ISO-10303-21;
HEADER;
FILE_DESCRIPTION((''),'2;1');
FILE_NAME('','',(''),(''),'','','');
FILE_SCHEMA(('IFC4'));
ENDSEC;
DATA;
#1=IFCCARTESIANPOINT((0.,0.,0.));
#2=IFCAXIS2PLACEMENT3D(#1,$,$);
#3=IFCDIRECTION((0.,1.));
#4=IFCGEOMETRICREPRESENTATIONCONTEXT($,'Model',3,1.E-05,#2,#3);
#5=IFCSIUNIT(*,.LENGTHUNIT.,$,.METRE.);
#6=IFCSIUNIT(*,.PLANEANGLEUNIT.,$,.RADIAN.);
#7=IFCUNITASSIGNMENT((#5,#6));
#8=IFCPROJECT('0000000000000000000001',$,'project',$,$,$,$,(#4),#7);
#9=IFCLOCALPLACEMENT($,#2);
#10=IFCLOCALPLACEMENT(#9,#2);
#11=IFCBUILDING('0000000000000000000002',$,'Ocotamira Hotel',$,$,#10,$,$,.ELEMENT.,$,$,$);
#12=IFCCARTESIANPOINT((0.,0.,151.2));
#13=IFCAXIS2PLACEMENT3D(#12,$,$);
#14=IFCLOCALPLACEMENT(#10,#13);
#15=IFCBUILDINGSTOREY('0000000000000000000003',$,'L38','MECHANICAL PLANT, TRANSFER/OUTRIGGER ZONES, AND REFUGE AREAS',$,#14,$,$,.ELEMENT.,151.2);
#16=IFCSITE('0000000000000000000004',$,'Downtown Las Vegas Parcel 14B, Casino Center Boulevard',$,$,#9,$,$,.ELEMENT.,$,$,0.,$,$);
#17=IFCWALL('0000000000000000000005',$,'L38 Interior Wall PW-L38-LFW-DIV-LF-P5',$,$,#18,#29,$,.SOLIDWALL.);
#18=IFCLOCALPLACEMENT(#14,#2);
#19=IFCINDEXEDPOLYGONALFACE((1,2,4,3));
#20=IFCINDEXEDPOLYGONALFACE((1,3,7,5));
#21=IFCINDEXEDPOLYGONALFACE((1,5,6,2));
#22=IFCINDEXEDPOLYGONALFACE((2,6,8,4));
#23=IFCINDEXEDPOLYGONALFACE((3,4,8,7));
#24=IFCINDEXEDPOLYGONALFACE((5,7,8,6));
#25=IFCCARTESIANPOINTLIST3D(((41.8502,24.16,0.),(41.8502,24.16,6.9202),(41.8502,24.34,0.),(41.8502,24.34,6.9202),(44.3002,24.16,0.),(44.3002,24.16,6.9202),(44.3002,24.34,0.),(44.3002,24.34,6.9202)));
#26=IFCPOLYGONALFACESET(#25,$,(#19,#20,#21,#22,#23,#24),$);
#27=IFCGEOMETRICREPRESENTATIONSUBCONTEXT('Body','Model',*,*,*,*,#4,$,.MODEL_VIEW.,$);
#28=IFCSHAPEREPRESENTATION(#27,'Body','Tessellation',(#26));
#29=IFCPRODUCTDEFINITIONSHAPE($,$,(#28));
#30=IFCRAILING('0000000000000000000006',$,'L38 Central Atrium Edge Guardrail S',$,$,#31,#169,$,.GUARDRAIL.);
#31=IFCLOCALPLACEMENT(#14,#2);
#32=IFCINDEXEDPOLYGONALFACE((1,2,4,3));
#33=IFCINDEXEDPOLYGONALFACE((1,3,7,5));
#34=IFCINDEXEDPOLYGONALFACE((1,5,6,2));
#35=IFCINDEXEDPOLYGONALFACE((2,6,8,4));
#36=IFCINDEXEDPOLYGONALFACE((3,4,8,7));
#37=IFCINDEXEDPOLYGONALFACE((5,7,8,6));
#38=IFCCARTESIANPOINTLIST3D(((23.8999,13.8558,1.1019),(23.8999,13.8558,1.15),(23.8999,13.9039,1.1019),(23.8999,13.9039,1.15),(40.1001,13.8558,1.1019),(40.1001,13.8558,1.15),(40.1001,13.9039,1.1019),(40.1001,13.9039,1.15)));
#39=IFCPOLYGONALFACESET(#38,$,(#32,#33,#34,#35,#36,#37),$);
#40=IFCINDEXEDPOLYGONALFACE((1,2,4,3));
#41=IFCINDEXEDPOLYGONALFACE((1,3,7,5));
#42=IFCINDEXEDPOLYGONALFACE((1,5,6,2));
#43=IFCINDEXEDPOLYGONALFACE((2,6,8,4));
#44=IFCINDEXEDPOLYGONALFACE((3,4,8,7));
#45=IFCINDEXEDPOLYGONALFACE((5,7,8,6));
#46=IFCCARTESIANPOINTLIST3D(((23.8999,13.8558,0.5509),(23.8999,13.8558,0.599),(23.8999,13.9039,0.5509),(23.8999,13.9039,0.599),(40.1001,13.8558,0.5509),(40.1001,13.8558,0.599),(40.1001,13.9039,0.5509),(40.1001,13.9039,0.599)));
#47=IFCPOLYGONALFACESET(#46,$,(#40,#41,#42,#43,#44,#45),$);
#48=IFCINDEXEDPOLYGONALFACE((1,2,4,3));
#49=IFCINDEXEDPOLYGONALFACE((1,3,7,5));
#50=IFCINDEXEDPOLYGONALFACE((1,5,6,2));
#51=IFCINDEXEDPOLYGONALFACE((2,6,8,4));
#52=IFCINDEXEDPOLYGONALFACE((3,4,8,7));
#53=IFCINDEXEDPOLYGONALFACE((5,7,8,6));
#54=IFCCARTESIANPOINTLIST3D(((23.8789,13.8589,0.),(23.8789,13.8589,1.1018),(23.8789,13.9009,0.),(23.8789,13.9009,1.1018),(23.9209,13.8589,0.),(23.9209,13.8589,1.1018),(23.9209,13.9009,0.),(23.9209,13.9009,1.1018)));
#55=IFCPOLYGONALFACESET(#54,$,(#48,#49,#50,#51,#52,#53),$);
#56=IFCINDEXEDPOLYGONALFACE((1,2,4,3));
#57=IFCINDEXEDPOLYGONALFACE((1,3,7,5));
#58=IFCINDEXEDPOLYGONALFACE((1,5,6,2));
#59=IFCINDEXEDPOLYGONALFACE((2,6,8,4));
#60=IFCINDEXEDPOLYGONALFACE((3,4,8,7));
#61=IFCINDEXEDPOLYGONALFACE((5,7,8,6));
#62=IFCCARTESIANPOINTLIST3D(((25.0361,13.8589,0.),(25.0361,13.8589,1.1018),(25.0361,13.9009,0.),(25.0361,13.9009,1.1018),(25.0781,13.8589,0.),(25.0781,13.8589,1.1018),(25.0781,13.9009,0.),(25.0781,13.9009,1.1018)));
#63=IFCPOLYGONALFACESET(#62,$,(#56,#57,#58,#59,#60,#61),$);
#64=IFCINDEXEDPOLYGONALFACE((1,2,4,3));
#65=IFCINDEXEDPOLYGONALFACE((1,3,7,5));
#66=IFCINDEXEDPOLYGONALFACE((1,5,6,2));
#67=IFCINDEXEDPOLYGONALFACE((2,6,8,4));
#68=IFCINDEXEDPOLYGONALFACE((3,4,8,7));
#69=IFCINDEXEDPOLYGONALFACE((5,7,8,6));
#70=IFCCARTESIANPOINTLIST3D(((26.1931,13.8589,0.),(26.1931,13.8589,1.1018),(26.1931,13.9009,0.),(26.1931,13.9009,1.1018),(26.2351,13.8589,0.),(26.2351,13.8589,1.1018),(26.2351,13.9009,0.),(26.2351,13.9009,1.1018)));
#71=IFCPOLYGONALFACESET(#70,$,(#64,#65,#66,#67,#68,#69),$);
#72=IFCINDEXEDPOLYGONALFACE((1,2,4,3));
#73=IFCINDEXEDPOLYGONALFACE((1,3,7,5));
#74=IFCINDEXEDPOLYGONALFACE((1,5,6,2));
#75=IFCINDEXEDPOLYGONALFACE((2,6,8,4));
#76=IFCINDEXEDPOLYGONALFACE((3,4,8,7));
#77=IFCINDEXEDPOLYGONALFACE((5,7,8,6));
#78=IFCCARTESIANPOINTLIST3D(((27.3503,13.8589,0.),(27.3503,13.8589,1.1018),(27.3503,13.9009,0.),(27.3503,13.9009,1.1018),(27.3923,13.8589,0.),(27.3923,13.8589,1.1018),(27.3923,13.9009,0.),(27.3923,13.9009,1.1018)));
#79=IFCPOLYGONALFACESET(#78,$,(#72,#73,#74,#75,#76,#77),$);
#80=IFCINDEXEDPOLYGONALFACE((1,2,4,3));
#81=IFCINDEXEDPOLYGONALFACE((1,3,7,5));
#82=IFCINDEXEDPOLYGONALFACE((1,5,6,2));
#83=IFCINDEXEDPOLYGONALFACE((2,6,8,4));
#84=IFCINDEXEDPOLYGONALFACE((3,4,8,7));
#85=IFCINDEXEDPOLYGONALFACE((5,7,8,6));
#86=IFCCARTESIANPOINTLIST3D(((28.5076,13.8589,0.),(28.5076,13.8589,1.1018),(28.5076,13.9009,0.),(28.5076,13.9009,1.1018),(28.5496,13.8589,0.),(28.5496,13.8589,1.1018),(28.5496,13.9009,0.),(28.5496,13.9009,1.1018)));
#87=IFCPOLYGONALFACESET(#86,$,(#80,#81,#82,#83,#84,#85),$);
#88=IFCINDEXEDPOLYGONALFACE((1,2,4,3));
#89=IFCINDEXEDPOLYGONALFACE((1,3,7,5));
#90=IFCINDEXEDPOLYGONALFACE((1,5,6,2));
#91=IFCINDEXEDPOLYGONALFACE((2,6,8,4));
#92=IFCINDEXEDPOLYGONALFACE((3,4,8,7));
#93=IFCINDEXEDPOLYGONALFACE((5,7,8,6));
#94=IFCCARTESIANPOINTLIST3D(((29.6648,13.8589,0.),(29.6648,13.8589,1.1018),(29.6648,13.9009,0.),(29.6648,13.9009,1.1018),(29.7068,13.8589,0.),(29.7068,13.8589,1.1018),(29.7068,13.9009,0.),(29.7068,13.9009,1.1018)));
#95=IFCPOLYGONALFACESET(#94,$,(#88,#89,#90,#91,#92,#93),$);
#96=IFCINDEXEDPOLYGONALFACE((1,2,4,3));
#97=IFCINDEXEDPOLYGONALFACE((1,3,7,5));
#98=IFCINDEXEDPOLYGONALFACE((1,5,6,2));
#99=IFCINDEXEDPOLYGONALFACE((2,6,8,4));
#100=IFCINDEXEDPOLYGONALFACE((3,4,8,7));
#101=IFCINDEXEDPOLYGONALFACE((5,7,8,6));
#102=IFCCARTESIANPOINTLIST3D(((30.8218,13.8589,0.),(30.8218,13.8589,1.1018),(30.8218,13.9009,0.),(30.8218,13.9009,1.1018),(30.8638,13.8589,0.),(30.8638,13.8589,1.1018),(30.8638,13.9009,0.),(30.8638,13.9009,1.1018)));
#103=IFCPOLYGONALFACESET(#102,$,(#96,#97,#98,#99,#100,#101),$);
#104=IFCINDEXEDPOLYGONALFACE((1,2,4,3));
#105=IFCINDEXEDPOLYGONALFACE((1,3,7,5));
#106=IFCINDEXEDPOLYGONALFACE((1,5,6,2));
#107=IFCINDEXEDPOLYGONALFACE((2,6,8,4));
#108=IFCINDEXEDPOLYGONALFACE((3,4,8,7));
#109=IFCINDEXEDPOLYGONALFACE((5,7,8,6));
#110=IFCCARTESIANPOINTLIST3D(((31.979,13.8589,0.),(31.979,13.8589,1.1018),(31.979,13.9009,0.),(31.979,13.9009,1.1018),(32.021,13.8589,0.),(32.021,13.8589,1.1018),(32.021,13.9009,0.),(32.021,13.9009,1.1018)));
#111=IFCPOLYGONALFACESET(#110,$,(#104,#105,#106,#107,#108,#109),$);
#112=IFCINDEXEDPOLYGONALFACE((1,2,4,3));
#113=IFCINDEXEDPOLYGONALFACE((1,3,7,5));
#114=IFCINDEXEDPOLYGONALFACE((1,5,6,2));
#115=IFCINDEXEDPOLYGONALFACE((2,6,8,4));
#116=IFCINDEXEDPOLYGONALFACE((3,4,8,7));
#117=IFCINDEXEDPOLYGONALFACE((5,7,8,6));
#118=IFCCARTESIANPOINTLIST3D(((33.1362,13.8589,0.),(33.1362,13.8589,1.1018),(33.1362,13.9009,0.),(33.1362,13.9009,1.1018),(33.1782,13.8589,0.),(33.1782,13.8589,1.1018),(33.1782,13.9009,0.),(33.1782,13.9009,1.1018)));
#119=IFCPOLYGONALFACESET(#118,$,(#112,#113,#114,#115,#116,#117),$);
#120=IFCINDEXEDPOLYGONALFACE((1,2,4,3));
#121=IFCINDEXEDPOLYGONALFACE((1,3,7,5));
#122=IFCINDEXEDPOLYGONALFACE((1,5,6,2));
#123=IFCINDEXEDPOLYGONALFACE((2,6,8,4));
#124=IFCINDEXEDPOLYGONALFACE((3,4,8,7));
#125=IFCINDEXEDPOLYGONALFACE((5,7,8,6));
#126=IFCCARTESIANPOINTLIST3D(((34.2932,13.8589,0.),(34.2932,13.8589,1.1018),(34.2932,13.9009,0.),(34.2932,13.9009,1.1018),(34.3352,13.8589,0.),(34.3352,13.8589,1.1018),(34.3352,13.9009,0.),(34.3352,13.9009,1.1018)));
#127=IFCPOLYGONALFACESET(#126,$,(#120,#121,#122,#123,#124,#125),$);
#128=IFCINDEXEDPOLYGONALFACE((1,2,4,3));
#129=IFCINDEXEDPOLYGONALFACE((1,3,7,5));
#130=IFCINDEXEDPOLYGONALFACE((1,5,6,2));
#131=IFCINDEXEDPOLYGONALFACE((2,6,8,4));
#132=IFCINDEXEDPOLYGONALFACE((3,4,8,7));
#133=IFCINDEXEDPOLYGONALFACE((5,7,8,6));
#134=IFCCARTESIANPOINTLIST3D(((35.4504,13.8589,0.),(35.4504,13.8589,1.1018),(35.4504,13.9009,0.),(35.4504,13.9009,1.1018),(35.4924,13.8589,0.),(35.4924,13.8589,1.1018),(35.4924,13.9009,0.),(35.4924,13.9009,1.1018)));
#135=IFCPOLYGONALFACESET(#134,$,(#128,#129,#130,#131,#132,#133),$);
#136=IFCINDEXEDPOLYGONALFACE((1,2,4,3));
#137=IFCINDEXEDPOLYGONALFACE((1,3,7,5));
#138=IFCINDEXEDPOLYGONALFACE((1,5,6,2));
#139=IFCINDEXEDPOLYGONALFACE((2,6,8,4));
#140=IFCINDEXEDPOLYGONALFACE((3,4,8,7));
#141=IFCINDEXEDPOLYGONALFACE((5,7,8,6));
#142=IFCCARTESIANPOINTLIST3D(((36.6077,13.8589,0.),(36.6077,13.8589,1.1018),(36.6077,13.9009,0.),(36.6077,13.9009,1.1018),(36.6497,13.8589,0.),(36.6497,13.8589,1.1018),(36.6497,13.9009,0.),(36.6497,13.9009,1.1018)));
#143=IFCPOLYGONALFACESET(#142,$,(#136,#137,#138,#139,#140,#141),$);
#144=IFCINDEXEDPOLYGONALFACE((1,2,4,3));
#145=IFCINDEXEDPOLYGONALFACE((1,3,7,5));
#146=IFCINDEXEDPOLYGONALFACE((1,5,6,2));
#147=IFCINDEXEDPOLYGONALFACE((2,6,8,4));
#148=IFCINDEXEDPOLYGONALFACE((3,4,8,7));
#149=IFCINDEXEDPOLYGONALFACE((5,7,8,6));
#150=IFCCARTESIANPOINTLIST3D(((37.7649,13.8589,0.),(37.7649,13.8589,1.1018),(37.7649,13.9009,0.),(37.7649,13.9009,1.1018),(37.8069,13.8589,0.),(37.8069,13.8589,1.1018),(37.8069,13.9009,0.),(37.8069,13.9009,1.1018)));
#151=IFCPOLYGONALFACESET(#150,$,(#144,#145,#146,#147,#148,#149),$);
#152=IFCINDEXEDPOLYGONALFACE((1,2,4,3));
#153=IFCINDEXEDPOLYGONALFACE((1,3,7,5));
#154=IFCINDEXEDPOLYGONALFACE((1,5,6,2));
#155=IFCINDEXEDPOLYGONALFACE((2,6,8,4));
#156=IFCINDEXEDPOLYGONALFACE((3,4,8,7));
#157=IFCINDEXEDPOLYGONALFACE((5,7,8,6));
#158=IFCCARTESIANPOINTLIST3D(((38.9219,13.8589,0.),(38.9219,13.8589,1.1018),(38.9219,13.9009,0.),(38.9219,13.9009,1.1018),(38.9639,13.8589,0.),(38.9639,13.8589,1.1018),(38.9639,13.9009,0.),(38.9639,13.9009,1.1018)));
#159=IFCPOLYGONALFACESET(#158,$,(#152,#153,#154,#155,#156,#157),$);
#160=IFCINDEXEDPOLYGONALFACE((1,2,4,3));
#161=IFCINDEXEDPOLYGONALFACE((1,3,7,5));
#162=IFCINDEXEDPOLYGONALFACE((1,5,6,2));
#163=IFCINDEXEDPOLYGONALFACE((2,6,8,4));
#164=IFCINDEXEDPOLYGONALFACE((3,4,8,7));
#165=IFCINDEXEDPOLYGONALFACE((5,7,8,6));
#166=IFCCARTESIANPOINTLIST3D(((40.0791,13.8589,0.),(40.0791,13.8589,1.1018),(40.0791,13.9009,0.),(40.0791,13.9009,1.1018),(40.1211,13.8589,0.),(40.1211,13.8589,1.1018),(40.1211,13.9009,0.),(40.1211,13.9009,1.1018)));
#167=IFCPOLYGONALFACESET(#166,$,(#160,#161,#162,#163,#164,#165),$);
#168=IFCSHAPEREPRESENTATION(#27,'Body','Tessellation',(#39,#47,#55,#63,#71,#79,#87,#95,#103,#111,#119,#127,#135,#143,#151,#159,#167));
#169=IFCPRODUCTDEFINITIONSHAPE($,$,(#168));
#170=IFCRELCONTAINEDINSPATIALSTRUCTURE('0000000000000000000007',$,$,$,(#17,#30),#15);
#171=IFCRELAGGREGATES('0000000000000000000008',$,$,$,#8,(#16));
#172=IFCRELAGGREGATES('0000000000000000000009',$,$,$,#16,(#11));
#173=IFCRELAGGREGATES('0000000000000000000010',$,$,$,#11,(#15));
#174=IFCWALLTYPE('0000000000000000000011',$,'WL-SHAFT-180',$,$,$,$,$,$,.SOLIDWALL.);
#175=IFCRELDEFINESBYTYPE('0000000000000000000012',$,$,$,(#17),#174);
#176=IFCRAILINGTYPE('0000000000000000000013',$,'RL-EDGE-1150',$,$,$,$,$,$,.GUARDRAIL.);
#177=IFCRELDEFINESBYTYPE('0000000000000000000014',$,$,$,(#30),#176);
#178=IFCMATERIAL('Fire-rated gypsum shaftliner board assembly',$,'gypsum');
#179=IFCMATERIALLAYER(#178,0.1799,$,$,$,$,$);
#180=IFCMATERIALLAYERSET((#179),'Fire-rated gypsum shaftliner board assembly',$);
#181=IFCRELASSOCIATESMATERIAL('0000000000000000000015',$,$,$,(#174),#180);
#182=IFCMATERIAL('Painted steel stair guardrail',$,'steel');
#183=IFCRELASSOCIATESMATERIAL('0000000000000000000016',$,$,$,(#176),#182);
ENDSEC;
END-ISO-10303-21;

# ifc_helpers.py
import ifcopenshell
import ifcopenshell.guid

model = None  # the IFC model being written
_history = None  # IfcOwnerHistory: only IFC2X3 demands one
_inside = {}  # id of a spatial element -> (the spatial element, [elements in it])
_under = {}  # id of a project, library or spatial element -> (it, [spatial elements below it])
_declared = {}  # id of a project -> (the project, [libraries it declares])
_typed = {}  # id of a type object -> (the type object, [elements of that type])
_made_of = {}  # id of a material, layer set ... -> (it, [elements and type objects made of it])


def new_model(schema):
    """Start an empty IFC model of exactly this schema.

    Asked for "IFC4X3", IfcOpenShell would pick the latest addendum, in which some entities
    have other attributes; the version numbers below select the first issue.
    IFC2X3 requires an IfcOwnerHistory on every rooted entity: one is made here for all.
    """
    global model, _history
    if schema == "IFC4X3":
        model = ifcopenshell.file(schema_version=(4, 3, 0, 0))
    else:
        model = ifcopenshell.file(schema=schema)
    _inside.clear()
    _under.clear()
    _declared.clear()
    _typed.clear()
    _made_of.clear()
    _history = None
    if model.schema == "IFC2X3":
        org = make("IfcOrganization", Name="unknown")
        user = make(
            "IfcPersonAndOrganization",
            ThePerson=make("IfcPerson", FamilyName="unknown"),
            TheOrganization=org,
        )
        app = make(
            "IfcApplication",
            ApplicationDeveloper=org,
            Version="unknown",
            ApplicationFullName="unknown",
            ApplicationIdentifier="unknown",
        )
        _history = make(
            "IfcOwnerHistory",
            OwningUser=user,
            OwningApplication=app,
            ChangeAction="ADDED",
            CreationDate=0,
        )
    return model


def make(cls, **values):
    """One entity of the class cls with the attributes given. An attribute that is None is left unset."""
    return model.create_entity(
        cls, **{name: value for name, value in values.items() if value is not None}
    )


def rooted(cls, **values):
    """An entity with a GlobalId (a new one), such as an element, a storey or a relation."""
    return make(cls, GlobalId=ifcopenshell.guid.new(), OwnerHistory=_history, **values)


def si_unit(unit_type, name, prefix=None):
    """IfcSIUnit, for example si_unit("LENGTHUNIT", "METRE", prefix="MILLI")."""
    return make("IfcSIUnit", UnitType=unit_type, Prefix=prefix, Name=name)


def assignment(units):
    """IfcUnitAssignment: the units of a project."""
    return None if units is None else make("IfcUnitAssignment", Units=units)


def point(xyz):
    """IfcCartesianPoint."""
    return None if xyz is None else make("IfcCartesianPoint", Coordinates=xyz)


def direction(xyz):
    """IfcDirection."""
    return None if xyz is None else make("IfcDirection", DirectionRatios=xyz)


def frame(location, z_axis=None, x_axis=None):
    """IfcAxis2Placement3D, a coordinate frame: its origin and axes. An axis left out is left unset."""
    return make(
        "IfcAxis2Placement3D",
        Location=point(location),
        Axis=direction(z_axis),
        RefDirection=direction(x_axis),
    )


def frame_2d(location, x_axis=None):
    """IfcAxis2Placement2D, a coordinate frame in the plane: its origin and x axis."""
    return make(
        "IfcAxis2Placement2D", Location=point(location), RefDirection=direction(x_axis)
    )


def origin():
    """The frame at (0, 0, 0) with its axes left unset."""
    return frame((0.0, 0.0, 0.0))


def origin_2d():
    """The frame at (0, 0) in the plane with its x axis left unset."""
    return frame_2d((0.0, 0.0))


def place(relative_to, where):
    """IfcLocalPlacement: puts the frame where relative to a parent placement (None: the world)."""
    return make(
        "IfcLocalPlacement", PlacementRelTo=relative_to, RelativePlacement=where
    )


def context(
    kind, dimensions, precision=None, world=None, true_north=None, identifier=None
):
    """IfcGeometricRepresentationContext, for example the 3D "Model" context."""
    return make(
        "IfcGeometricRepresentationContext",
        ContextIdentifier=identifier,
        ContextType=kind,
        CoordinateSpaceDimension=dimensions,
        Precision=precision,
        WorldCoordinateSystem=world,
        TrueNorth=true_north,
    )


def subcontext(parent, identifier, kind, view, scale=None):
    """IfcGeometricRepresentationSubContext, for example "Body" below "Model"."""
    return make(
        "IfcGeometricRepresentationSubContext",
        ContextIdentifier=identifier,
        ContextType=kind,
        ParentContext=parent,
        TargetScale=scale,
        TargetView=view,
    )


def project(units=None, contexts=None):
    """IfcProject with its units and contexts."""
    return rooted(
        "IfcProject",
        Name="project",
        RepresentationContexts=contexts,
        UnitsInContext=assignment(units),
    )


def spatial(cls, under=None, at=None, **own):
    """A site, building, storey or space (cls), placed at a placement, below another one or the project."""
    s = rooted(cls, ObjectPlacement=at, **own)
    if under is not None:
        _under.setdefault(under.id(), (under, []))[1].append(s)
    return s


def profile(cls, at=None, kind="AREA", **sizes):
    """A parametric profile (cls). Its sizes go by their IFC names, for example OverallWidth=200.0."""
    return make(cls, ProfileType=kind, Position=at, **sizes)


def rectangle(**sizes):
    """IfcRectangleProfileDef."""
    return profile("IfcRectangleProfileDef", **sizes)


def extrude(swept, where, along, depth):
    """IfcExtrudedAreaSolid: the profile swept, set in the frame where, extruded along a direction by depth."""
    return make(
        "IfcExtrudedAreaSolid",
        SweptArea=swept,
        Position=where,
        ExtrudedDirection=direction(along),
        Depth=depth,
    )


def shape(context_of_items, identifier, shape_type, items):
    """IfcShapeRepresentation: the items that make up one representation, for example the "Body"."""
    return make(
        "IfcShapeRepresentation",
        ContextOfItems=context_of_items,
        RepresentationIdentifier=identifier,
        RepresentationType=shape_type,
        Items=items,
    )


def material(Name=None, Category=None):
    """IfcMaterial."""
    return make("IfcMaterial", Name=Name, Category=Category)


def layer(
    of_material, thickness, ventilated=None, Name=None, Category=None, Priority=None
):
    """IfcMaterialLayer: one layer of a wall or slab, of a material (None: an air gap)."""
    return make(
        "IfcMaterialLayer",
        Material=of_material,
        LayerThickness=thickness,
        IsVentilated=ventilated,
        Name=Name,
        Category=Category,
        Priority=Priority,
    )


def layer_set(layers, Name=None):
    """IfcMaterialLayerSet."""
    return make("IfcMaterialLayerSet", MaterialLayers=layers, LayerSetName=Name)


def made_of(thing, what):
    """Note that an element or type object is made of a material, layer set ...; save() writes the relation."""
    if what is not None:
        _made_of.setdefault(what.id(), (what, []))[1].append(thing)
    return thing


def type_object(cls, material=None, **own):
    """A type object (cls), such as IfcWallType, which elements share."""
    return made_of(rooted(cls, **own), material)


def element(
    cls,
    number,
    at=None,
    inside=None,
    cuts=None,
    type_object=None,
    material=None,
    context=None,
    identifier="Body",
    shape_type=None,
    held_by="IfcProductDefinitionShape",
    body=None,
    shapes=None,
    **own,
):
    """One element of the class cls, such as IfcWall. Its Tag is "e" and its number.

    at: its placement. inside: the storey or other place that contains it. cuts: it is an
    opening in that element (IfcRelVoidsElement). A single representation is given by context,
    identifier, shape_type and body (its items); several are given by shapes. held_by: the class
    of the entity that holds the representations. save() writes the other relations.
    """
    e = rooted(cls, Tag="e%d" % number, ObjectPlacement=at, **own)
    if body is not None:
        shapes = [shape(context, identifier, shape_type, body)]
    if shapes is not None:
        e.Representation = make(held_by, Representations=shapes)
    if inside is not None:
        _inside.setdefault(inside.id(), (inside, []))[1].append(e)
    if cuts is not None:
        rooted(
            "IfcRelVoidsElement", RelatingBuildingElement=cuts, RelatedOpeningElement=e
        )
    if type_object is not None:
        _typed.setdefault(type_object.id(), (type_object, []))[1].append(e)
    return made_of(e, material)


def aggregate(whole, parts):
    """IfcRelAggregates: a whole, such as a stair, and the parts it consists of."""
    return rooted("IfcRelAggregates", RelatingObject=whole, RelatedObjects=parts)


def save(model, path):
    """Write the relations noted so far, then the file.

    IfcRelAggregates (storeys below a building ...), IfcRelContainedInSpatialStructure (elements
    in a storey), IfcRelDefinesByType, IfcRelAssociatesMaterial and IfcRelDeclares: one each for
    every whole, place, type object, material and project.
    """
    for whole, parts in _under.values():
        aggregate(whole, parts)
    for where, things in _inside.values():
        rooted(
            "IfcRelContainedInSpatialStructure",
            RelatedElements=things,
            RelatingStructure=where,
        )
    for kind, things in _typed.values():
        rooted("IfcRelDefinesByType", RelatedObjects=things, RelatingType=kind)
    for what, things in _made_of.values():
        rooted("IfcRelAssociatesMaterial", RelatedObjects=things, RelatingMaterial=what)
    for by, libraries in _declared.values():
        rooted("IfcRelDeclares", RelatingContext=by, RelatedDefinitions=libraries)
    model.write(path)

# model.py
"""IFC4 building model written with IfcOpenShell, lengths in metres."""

from ifc_helpers import new_model, si_unit, direction, frame, frame_2d, origin, origin_2d, place, context, subcontext, project, spatial, rectangle, extrude, material, layer, layer_set, type_object, element, save


model = new_model("IFC4")

# Units and contexts
model_context = context("Model", 3, precision=1e-05, world=origin(), true_north=direction((0.0, 1.0)))
body_context = subcontext(model_context, "Body", "Model", "MODEL_VIEW")
ifc_project = project(units=[si_unit("LENGTHUNIT", "METRE"), si_unit("PLANEANGLEUNIT", "RADIAN")], contexts=[model_context])

# Site, building, storey
site_placement = place(None, origin())
site = spatial("IfcSite", under=ifc_project, at=site_placement, Name="Downtown Las Vegas Parcel 14B, Casino Center Boulevard", CompositionType="ELEMENT", RefElevation=0.0)
building_placement = place(site_placement, origin())
building = spatial("IfcBuilding", under=site, at=building_placement, Name="Ocotamira Hotel", CompositionType="ELEMENT")
storey_placement = place(building_placement, frame((0.0, 0.0, 151.2)))
storey = spatial("IfcBuildingStorey", under=building, at=storey_placement, Name="L38", Description="MECHANICAL PLANT, TRANSFER/OUTRIGGER ZONES, AND REFUGE AREAS", CompositionType="ELEMENT", Elevation=151.2)

# Wall
ifc_material_1 = material(Name="Fire-rated gypsum shaftliner board assembly", Category="gypsum")
ifc_layer_1 = layer(ifc_material_1, 0.1799)
ifc_layer_set_1 = layer_set([ifc_layer_1], Name="Fire-rated gypsum shaftliner board assembly")
wall_type_1 = type_object("IfcWallType", Name="WL-SHAFT-180", PredefinedType="SOLIDWALL", material=ifc_layer_set_1)
for number, where, z_axis, x_axis, name in (
    (1, (41.8501, 24.25, 0.0), (0.0, 0.0, 1.0), (1.0, 0.0, 0.0), "L38 Interior Wall PW-L38-LFW-DIV-LF-P5"),
):
    element("IfcWall", number, at=place(storey_placement, frame(where, z_axis=z_axis, x_axis=x_axis)), inside=storey, type_object=wall_type_1, Name=name, PredefinedType="SOLIDWALL", context=body_context, shape_type="SweptSolid", body=[
        extrude(rectangle(XDim=2.45, YDim=0.1799, at=frame_2d((1.2251, 0.0))), origin(), (0.0, 0.0, 1.0), 6.9202),
    ])

# Railing
ifc_material_2 = material(Name="Painted steel stair guardrail", Category="steel")
railing_type = type_object("IfcRailingType", Name="RL-EDGE-1150", PredefinedType="GUARDRAIL", material=ifc_material_2)
railing_1_placement = place(storey_placement, frame((23.8999, 13.8799, 0.0)))
element("IfcRailing", 2, at=railing_1_placement, inside=storey, type_object=railing_type, Name="L38 Central Atrium Edge Guardrail S", PredefinedType="GUARDRAIL", context=body_context, shape_type="SweptSolid", body=[
    extrude(rectangle(XDim=0.0481, YDim=0.0481, at=origin_2d()), frame((0.0, 0.0, 1.126), z_axis=(1.0, 0.0, 0.0), x_axis=(0.0, 1.0, 0.0)), (0.0, 0.0, 1.0), 16.2002),
    extrude(rectangle(XDim=0.0481, YDim=0.0481, at=origin_2d()), frame((0.0, 0.0, 0.575), z_axis=(1.0, 0.0, 0.0), x_axis=(0.0, 1.0, 0.0)), (0.0, 0.0, 1.0), 16.2002),
    extrude(rectangle(XDim=0.042, YDim=0.042, at=origin_2d()), origin(), (0.0, 0.0, 1.0), 1.1018),
    extrude(rectangle(XDim=0.042, YDim=0.042, at=origin_2d()), frame((1.1572, 0.0, 0.0)), (0.0, 0.0, 1.0), 1.1018),
    extrude(rectangle(XDim=0.042, YDim=0.042, at=origin_2d()), frame((2.3142, 0.0, 0.0)), (0.0, 0.0, 1.0), 1.1018),
    extrude(rectangle(XDim=0.042, YDim=0.042, at=origin_2d()), frame((3.4714, 0.0, 0.0)), (0.0, 0.0, 1.0), 1.1018),
    extrude(rectangle(XDim=0.042, YDim=0.042, at=origin_2d()), frame((4.6287, 0.0, 0.0)), (0.0, 0.0, 1.0), 1.1018),
    extrude(rectangle(XDim=0.042, YDim=0.042, at=origin_2d()), frame((5.7859, 0.0, 0.0)), (0.0, 0.0, 1.0), 1.1018),
    extrude(rectangle(XDim=0.042, YDim=0.042, at=origin_2d()), frame((6.9429, 0.0, 0.0)), (0.0, 0.0, 1.0), 1.1018),
    extrude(rectangle(XDim=0.042, YDim=0.042, at=origin_2d()), frame((8.1001, 0.0, 0.0)), (0.0, 0.0, 1.0), 1.1018),
    extrude(rectangle(XDim=0.042, YDim=0.042, at=origin_2d()), frame((9.2573, 0.0, 0.0)), (0.0, 0.0, 1.0), 1.1018),
    extrude(rectangle(XDim=0.042, YDim=0.042, at=origin_2d()), frame((10.4143, 0.0, 0.0)), (0.0, 0.0, 1.0), 1.1018),
    extrude(rectangle(XDim=0.042, YDim=0.042, at=origin_2d()), frame((11.5715, 0.0, 0.0)), (0.0, 0.0, 1.0), 1.1018),
    extrude(rectangle(XDim=0.042, YDim=0.042, at=origin_2d()), frame((12.7288, 0.0, 0.0)), (0.0, 0.0, 1.0), 1.1018),
    extrude(rectangle(XDim=0.042, YDim=0.042, at=origin_2d()), frame((13.886, 0.0, 0.0)), (0.0, 0.0, 1.0), 1.1018),
    extrude(rectangle(XDim=0.042, YDim=0.042, at=origin_2d()), frame((15.043, 0.0, 0.0)), (0.0, 0.0, 1.0), 1.1018),
    extrude(rectangle(XDim=0.042, YDim=0.042, at=origin_2d()), frame((16.2002, 0.0, 0.0)), (0.0, 0.0, 1.0), 1.1018),
])

save(model, "model.ifc")
